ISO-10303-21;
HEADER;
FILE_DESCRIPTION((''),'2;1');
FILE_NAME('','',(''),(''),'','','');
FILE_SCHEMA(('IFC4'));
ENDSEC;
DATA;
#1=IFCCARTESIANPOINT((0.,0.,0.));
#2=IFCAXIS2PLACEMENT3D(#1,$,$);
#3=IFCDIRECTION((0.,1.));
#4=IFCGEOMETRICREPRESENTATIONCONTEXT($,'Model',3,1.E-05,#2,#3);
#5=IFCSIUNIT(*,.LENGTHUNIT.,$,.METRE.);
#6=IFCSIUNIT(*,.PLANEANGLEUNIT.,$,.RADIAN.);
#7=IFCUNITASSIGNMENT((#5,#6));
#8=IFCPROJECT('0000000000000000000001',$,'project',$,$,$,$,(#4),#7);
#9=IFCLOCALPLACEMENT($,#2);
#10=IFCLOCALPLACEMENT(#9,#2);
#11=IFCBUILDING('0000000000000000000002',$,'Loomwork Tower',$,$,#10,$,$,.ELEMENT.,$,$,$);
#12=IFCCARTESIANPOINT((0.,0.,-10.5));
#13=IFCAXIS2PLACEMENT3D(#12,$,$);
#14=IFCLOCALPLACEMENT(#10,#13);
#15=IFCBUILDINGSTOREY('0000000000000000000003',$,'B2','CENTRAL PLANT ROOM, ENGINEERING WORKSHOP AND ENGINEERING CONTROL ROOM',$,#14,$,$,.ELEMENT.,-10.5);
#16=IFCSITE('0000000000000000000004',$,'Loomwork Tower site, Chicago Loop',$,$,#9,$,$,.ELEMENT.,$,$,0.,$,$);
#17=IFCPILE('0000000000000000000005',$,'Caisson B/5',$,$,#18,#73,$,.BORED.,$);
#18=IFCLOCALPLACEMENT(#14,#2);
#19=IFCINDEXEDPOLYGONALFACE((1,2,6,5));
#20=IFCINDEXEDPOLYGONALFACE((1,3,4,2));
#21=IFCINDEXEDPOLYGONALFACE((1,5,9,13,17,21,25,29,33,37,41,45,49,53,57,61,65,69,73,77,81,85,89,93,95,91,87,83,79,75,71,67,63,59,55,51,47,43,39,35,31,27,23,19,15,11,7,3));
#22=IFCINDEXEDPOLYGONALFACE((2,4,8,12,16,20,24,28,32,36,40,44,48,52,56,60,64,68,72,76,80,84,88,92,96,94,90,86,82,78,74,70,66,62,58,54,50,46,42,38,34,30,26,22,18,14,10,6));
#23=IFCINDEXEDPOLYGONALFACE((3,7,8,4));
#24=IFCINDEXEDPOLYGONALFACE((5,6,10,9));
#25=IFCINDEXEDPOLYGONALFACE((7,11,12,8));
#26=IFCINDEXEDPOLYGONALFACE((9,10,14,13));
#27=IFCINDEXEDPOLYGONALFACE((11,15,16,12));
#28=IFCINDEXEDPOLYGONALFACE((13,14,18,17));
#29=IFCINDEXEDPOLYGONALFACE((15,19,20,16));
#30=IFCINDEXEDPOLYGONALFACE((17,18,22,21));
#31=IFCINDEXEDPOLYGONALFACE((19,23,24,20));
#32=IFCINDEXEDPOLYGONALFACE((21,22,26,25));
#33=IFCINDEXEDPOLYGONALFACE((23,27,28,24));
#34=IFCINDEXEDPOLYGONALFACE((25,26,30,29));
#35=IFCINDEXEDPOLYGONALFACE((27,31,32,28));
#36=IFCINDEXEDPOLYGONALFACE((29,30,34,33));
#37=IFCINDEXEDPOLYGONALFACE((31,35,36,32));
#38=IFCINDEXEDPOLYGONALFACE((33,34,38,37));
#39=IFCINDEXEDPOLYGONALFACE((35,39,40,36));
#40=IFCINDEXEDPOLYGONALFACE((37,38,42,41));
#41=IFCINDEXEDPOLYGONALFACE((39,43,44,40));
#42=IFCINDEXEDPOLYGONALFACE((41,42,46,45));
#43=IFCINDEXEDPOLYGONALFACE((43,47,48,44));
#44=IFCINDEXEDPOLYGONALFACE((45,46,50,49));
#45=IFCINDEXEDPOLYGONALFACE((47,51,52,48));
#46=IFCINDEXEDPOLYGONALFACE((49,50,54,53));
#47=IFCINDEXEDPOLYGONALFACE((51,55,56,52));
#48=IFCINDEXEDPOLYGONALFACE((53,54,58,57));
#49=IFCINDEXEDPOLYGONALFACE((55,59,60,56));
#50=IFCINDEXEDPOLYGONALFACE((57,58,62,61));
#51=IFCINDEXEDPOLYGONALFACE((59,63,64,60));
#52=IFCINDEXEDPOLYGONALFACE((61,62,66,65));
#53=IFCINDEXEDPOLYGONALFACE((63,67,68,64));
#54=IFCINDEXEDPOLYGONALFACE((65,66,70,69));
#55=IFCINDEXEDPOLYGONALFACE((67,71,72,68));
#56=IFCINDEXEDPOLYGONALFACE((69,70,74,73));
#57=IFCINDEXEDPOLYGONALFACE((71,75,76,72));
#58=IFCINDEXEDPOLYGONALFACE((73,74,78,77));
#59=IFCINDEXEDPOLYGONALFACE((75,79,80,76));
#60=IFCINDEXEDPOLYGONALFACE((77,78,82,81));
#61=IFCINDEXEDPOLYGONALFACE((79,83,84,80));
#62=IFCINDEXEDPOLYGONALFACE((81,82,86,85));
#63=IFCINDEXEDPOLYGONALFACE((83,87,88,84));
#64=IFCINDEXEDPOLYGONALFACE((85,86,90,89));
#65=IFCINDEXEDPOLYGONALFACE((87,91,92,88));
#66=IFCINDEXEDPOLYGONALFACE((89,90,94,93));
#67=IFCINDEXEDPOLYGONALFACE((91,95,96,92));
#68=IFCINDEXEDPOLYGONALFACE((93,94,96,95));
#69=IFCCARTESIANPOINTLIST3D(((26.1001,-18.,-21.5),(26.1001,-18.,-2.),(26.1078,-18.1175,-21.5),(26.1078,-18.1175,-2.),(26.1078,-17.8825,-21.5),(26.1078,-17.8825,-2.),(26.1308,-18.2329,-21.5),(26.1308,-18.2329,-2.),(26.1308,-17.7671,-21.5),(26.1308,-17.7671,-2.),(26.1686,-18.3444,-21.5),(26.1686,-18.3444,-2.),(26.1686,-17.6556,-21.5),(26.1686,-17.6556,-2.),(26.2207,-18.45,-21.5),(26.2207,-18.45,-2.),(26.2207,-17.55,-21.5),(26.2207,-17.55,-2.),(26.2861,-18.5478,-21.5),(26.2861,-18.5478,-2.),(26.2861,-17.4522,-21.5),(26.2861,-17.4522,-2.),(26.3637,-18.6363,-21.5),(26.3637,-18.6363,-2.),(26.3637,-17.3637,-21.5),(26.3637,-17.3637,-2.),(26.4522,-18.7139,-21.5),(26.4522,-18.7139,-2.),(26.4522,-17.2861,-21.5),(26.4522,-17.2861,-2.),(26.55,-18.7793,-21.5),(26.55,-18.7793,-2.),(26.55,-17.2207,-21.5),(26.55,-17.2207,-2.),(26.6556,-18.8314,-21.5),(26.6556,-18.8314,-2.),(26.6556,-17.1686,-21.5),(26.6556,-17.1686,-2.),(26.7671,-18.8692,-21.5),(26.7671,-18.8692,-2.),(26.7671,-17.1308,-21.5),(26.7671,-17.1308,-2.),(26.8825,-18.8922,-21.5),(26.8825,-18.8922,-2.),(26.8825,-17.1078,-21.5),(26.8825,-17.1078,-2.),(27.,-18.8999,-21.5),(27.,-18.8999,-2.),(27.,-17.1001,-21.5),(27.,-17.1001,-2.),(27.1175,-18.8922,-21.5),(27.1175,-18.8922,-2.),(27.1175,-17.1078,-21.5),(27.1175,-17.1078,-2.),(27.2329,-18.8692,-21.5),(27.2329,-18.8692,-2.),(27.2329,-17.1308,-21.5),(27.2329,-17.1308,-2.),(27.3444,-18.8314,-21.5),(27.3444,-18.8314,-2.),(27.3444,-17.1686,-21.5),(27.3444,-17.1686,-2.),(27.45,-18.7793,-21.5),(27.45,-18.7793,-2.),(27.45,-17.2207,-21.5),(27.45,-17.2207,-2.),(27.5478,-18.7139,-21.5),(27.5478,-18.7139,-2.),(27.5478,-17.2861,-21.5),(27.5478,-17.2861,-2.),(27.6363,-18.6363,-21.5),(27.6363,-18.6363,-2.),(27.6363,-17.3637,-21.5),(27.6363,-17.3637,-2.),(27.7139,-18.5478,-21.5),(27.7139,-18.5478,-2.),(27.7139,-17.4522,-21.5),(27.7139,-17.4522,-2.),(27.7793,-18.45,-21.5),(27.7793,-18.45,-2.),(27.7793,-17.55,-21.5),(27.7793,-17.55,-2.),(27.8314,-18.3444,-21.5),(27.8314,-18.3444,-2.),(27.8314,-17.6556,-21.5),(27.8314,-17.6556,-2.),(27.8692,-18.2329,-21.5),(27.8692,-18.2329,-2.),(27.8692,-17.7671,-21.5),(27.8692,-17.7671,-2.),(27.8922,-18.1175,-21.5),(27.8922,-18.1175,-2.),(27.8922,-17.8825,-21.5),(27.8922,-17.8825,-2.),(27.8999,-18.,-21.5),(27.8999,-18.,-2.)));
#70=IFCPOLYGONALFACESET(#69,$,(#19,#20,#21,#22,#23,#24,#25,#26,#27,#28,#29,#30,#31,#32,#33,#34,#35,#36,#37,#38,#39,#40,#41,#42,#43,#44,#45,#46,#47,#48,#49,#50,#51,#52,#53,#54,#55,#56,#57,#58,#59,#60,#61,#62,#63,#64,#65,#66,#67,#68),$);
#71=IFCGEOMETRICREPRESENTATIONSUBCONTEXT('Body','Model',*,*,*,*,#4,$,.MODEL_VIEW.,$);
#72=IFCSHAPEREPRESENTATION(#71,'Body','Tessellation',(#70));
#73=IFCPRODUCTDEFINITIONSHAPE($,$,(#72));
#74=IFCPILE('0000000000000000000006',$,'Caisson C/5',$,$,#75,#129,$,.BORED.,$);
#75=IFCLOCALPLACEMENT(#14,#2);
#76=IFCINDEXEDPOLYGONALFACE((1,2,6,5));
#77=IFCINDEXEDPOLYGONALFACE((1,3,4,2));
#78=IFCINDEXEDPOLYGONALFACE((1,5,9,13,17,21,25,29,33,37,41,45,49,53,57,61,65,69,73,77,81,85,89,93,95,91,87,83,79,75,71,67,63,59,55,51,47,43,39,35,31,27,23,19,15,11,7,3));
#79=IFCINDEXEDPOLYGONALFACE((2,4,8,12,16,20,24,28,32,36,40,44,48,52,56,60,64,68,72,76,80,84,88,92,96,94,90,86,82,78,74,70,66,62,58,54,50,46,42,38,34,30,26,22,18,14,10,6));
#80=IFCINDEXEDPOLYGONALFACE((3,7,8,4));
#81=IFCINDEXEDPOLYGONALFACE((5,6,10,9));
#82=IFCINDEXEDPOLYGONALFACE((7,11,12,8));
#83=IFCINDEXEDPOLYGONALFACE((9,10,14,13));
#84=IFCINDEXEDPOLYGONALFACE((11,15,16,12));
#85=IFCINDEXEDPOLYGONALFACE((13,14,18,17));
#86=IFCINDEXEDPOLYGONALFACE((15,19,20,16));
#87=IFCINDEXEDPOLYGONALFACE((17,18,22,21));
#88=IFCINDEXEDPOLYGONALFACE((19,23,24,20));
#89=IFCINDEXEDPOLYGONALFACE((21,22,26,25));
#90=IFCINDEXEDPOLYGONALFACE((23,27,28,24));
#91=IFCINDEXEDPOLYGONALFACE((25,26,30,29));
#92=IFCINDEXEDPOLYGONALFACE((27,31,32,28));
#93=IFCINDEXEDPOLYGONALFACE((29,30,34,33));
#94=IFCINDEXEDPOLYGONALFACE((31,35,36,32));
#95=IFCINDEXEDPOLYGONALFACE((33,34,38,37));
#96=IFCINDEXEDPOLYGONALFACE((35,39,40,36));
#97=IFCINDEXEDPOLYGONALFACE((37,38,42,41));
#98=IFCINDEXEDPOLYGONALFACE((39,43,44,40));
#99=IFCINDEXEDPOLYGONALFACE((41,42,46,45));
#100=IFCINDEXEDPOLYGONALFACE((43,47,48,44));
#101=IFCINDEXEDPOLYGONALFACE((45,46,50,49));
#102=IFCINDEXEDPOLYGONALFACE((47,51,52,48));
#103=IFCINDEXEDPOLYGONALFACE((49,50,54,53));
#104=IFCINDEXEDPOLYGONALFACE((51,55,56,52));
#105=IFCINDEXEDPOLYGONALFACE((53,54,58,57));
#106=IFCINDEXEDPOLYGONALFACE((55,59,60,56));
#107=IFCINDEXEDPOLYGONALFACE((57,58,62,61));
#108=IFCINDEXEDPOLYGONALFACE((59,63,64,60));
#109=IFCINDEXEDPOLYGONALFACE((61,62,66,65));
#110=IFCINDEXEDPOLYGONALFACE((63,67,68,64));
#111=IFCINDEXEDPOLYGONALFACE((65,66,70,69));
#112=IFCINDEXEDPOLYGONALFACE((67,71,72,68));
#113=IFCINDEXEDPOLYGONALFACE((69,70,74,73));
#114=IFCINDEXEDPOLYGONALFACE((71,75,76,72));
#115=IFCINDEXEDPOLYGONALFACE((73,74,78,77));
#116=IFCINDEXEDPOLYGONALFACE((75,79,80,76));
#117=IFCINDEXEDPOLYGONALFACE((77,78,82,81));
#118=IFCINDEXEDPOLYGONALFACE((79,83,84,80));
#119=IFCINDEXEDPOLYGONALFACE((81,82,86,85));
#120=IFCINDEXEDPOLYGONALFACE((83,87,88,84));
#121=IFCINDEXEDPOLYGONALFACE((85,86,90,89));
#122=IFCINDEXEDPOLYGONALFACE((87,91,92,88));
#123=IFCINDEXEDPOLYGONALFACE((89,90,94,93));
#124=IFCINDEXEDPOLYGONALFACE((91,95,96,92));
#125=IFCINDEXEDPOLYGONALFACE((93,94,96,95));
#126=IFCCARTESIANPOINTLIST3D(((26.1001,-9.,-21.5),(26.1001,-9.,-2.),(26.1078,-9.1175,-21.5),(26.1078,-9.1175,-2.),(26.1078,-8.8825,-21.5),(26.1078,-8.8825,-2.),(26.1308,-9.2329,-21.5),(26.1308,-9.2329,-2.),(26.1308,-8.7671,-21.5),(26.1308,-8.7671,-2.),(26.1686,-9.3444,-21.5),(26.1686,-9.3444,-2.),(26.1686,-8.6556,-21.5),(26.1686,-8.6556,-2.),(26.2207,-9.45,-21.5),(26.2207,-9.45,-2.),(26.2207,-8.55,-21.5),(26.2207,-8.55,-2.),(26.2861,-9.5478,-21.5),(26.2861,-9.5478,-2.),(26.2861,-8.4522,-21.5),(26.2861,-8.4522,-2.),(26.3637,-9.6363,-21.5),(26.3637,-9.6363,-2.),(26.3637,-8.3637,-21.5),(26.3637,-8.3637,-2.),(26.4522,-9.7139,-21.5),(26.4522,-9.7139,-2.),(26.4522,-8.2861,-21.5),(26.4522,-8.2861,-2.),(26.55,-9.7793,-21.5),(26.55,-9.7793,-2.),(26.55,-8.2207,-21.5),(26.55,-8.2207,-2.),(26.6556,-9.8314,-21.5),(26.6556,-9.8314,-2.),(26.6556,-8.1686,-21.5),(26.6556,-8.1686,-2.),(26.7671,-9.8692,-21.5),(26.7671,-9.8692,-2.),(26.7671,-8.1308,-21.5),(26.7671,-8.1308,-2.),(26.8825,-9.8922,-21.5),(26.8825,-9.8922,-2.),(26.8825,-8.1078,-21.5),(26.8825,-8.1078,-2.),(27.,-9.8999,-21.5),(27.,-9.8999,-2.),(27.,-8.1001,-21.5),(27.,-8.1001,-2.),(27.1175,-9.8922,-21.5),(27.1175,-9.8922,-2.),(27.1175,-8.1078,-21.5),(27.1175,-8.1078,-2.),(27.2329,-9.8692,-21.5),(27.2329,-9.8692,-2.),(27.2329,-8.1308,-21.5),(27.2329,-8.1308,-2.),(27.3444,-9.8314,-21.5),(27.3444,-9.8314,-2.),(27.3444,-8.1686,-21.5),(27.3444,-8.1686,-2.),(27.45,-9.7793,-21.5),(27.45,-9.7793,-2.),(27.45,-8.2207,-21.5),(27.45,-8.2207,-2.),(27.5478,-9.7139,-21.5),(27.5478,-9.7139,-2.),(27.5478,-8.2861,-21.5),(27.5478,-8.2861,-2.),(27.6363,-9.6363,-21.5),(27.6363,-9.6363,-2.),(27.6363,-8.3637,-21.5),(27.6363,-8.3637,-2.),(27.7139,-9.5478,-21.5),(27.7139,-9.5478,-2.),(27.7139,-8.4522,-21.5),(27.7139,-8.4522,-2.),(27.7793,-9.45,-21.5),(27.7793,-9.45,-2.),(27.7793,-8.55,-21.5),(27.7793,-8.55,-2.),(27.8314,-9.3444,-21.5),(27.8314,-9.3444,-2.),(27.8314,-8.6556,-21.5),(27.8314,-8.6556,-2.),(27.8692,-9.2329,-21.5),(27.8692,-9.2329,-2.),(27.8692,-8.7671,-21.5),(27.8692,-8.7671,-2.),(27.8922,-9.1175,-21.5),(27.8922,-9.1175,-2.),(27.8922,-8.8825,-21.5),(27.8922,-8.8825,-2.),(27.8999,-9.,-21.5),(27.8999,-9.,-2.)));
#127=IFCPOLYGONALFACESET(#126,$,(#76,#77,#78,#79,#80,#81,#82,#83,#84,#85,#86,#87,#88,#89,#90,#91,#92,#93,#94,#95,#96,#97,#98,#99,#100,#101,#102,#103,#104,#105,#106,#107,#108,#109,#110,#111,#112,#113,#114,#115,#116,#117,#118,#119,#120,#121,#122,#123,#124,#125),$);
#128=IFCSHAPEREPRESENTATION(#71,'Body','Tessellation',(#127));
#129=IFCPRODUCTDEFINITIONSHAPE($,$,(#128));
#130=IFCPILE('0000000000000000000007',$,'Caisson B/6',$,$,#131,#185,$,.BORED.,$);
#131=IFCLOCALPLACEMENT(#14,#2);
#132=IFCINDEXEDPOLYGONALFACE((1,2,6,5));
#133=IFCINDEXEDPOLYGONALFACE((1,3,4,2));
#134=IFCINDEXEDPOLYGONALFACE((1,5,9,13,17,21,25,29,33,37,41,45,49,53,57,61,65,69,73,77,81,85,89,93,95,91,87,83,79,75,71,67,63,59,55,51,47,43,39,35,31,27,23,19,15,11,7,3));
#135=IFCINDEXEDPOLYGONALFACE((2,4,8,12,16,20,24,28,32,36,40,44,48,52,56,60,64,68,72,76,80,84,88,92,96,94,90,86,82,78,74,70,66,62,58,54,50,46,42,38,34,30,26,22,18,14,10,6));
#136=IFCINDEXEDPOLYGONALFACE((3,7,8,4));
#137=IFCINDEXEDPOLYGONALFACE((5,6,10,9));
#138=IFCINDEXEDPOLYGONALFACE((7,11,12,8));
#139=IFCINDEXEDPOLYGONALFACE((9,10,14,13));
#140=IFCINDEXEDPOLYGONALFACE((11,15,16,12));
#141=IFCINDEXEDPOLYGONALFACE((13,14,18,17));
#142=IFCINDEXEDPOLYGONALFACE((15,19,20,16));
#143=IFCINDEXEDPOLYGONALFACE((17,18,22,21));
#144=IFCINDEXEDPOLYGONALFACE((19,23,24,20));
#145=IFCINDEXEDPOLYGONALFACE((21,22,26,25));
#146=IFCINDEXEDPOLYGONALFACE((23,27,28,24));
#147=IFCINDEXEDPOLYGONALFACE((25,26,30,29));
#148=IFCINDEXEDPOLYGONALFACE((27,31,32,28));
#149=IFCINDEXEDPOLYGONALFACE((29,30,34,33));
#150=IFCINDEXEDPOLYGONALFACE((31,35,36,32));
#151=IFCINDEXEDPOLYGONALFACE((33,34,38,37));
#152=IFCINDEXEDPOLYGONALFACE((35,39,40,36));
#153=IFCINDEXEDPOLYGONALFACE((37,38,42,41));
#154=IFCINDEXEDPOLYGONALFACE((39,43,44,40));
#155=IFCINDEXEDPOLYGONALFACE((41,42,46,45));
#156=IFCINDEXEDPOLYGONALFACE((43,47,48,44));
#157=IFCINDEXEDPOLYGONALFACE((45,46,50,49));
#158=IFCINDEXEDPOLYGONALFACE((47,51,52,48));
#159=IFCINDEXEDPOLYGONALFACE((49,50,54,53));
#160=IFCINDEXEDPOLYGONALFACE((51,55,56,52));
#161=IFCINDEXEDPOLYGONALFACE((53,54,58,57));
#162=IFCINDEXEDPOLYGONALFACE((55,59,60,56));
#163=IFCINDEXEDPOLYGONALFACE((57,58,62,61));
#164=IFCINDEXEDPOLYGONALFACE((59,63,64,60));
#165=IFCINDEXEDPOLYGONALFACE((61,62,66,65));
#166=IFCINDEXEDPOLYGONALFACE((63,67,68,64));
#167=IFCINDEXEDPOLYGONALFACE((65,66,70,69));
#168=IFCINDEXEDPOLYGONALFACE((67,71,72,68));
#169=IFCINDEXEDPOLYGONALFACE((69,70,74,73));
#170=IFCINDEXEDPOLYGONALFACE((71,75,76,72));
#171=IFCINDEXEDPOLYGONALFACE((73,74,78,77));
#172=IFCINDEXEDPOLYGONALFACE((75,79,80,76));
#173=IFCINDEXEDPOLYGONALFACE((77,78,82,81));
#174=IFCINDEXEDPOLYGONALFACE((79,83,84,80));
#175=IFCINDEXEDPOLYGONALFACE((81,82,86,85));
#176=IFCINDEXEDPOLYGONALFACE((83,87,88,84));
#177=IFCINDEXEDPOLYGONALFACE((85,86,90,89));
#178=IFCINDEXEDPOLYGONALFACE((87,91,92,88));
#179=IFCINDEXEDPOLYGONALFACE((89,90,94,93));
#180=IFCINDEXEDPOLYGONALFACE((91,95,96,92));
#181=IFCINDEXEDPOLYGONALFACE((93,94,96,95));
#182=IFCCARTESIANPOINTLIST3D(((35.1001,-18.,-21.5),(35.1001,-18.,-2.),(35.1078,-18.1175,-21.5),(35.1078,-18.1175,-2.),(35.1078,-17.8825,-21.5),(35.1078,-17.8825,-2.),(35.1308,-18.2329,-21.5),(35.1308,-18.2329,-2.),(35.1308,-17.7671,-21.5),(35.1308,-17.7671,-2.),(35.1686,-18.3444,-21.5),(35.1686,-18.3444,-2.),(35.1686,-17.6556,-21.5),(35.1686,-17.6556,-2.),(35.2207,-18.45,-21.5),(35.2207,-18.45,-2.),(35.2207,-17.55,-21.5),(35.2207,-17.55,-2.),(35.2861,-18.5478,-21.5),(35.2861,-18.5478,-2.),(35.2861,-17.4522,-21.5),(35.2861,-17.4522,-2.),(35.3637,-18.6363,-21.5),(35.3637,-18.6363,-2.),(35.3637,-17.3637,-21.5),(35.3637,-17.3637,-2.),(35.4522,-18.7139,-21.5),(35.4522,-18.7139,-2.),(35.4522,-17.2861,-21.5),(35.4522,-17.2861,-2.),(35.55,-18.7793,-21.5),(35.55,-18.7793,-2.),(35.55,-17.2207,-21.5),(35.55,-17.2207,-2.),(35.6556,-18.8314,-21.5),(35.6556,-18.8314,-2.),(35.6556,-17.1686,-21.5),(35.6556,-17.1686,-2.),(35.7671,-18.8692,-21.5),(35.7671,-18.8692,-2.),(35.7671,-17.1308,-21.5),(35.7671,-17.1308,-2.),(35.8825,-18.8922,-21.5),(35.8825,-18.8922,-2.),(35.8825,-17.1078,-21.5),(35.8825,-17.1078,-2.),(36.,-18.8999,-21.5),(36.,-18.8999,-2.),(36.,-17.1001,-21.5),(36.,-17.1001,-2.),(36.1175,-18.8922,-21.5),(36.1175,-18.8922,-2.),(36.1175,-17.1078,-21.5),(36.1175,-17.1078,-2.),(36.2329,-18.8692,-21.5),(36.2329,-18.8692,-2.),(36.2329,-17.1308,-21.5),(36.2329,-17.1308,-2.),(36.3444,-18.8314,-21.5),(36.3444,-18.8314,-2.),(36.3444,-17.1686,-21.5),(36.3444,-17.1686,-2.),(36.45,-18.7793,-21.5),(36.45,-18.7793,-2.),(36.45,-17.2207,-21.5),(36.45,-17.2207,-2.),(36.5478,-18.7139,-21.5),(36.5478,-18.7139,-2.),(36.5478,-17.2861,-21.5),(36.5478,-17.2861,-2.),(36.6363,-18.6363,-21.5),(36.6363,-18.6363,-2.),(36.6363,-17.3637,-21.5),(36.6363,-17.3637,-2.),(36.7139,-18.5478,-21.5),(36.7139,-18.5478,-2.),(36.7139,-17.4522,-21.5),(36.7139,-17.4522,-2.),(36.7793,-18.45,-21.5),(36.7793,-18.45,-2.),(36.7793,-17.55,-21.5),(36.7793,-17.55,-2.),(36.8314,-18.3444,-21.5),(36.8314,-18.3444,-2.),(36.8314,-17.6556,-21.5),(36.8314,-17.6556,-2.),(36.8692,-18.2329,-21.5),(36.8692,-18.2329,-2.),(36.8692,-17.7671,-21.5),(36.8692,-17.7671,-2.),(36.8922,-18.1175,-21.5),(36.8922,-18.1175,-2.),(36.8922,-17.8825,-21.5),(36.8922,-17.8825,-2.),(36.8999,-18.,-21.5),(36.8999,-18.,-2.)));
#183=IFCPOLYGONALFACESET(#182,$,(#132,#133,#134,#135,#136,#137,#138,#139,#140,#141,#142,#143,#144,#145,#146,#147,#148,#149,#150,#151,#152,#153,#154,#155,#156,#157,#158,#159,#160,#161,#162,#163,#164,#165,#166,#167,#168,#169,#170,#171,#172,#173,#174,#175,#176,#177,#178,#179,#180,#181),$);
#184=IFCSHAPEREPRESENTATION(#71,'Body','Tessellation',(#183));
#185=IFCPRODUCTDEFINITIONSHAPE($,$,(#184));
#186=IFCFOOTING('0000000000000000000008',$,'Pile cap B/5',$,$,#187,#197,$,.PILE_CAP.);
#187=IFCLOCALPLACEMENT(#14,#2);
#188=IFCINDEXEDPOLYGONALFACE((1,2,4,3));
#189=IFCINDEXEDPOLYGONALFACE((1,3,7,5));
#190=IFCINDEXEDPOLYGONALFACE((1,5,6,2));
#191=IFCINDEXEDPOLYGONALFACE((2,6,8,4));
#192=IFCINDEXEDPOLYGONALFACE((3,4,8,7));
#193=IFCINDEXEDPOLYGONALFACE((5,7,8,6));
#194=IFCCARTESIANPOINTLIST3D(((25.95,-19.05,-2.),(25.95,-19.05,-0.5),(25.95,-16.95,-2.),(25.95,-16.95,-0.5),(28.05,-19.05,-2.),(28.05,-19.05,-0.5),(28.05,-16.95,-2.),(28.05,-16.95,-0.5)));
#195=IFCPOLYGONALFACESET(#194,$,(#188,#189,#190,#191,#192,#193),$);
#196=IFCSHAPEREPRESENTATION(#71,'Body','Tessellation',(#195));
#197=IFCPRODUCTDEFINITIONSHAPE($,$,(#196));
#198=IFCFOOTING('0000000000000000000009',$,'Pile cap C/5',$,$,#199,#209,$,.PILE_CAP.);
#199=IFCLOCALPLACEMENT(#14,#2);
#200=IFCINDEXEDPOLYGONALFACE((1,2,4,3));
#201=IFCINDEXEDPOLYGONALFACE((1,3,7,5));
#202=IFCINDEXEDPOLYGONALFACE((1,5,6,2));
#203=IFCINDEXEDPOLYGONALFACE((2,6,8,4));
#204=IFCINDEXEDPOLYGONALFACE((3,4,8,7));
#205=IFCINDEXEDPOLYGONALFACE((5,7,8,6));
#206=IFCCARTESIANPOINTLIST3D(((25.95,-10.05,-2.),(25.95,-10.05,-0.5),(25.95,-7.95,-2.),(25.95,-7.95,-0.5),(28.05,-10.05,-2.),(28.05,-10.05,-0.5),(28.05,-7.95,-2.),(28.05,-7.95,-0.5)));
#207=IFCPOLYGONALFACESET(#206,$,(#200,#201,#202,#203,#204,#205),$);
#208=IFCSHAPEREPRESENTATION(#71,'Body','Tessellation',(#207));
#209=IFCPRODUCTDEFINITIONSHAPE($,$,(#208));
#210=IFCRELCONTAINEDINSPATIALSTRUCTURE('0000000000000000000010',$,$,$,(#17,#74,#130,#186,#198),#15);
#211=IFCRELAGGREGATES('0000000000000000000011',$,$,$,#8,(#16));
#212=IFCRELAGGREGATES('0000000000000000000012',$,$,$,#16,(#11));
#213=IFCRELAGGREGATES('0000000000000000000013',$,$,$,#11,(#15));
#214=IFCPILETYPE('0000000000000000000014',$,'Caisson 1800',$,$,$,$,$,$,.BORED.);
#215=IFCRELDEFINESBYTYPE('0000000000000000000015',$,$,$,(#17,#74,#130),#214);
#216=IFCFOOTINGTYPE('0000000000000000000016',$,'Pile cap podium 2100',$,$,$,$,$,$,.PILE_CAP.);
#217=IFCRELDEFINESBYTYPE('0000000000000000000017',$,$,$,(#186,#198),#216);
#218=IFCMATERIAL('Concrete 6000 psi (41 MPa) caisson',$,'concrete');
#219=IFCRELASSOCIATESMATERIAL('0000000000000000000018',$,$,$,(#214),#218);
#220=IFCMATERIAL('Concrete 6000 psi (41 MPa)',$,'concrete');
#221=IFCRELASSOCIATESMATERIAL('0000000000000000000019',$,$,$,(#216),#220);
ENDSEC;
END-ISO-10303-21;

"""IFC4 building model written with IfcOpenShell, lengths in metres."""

from ifc_helpers import new_model, si_unit, direction, frame, origin, origin_2d, place, context, subcontext, project, spatial, rectangle, circle, extrude, material, material_profile, profile_set, type_object, element, save


model = new_model("IFC4")

# Units and contexts
model_context = context("Model", 3, precision=1e-05, world=origin(), true_north=direction((0.0, 1.0)))
body_context = subcontext(model_context, "Body", "Model", "MODEL_VIEW")
ifc_project = project(units=[si_unit("LENGTHUNIT", "METRE"), si_unit("PLANEANGLEUNIT", "RADIAN")], contexts=[model_context])

# Site, building, storey
site_placement = place(None, origin())
site = spatial("IfcSite", under=ifc_project, at=site_placement, Name="Loomwork Tower site, Chicago Loop", CompositionType="ELEMENT", RefElevation=0.0)
building_placement = place(site_placement, origin())
building = spatial("IfcBuilding", under=site, at=building_placement, Name="Loomwork Tower", CompositionType="ELEMENT")
storey_placement = place(building_placement, frame((0.0, 0.0, -10.5)))
storey = spatial("IfcBuildingStorey", under=building, at=storey_placement, Name="B2", Description="CENTRAL PLANT ROOM, ENGINEERING WORKSHOP AND ENGINEERING CONTROL ROOM", CompositionType="ELEMENT", Elevation=-10.5)

# Piles
ifc_material_1 = material(Name="Concrete 6000 psi (41 MPa) caisson", Category="concrete")
ifc_material_profile_1 = material_profile(ifc_material_1, circle(Radius=0.8999, at=origin_2d()), Name="D1800")
ifc_profile_set_1 = profile_set([ifc_material_profile_1], Name="Concrete 6000 psi (41 MPa) caisson")
pile_type = type_object("IfcPileType", Name="Caisson 1800", PredefinedType="BORED", material=ifc_profile_set_1)
for number, where, z_axis, x_axis, name in (
    (1, (27.0, -18.0, -2.0), (0.0, 0.0, -1.0), (1.0, 0.0, 0.0), "Caisson B/5"),
    (2, (27.0, -9.0, -2.0), (0.0, 0.0, -1.0), (1.0, 0.0, 0.0), "Caisson C/5"),
    (3, (36.0, -18.0, -2.0), (0.0, 0.0, -1.0), (1.0, 0.0, 0.0), "Caisson B/6"),
):
    element("IfcPile", number, at=place(storey_placement, frame(where, z_axis=z_axis, x_axis=x_axis)), inside=storey, type_object=pile_type, Name=name, PredefinedType="BORED", context=body_context, shape_type="SweptSolid", body=[
        extrude(circle(Radius=0.8999, at=origin_2d()), origin(), (0.0, 0.0, 1.0), 19.5),
    ])

# Footings
ifc_material_2 = material(Name="Concrete 6000 psi (41 MPa)", Category="concrete")
footing_type = type_object("IfcFootingType", Name="Pile cap podium 2100", PredefinedType="PILE_CAP", material=ifc_material_2)
for number, where, z_axis, x_axis, name in (
    (4, (27.0, -18.0, -2.0), (0.0, 0.0, 1.0), (1.0, 0.0, 0.0), "Pile cap B/5"),
    (5, (27.0, -9.0, -2.0), (0.0, 0.0, 1.0), (1.0, 0.0, 0.0), "Pile cap C/5"),
):
    element("IfcFooting", number, at=place(storey_placement, frame(where, z_axis=z_axis, x_axis=x_axis)), inside=storey, type_object=footing_type, Name=name, PredefinedType="PILE_CAP", context=body_context, shape_type="SweptSolid", body=[
        extrude(rectangle(XDim=2.1001, YDim=2.1001, at=origin_2d()), origin(), (0.0, 0.0, 1.0), 1.5),
    ])

save(model, "model.ifc")
